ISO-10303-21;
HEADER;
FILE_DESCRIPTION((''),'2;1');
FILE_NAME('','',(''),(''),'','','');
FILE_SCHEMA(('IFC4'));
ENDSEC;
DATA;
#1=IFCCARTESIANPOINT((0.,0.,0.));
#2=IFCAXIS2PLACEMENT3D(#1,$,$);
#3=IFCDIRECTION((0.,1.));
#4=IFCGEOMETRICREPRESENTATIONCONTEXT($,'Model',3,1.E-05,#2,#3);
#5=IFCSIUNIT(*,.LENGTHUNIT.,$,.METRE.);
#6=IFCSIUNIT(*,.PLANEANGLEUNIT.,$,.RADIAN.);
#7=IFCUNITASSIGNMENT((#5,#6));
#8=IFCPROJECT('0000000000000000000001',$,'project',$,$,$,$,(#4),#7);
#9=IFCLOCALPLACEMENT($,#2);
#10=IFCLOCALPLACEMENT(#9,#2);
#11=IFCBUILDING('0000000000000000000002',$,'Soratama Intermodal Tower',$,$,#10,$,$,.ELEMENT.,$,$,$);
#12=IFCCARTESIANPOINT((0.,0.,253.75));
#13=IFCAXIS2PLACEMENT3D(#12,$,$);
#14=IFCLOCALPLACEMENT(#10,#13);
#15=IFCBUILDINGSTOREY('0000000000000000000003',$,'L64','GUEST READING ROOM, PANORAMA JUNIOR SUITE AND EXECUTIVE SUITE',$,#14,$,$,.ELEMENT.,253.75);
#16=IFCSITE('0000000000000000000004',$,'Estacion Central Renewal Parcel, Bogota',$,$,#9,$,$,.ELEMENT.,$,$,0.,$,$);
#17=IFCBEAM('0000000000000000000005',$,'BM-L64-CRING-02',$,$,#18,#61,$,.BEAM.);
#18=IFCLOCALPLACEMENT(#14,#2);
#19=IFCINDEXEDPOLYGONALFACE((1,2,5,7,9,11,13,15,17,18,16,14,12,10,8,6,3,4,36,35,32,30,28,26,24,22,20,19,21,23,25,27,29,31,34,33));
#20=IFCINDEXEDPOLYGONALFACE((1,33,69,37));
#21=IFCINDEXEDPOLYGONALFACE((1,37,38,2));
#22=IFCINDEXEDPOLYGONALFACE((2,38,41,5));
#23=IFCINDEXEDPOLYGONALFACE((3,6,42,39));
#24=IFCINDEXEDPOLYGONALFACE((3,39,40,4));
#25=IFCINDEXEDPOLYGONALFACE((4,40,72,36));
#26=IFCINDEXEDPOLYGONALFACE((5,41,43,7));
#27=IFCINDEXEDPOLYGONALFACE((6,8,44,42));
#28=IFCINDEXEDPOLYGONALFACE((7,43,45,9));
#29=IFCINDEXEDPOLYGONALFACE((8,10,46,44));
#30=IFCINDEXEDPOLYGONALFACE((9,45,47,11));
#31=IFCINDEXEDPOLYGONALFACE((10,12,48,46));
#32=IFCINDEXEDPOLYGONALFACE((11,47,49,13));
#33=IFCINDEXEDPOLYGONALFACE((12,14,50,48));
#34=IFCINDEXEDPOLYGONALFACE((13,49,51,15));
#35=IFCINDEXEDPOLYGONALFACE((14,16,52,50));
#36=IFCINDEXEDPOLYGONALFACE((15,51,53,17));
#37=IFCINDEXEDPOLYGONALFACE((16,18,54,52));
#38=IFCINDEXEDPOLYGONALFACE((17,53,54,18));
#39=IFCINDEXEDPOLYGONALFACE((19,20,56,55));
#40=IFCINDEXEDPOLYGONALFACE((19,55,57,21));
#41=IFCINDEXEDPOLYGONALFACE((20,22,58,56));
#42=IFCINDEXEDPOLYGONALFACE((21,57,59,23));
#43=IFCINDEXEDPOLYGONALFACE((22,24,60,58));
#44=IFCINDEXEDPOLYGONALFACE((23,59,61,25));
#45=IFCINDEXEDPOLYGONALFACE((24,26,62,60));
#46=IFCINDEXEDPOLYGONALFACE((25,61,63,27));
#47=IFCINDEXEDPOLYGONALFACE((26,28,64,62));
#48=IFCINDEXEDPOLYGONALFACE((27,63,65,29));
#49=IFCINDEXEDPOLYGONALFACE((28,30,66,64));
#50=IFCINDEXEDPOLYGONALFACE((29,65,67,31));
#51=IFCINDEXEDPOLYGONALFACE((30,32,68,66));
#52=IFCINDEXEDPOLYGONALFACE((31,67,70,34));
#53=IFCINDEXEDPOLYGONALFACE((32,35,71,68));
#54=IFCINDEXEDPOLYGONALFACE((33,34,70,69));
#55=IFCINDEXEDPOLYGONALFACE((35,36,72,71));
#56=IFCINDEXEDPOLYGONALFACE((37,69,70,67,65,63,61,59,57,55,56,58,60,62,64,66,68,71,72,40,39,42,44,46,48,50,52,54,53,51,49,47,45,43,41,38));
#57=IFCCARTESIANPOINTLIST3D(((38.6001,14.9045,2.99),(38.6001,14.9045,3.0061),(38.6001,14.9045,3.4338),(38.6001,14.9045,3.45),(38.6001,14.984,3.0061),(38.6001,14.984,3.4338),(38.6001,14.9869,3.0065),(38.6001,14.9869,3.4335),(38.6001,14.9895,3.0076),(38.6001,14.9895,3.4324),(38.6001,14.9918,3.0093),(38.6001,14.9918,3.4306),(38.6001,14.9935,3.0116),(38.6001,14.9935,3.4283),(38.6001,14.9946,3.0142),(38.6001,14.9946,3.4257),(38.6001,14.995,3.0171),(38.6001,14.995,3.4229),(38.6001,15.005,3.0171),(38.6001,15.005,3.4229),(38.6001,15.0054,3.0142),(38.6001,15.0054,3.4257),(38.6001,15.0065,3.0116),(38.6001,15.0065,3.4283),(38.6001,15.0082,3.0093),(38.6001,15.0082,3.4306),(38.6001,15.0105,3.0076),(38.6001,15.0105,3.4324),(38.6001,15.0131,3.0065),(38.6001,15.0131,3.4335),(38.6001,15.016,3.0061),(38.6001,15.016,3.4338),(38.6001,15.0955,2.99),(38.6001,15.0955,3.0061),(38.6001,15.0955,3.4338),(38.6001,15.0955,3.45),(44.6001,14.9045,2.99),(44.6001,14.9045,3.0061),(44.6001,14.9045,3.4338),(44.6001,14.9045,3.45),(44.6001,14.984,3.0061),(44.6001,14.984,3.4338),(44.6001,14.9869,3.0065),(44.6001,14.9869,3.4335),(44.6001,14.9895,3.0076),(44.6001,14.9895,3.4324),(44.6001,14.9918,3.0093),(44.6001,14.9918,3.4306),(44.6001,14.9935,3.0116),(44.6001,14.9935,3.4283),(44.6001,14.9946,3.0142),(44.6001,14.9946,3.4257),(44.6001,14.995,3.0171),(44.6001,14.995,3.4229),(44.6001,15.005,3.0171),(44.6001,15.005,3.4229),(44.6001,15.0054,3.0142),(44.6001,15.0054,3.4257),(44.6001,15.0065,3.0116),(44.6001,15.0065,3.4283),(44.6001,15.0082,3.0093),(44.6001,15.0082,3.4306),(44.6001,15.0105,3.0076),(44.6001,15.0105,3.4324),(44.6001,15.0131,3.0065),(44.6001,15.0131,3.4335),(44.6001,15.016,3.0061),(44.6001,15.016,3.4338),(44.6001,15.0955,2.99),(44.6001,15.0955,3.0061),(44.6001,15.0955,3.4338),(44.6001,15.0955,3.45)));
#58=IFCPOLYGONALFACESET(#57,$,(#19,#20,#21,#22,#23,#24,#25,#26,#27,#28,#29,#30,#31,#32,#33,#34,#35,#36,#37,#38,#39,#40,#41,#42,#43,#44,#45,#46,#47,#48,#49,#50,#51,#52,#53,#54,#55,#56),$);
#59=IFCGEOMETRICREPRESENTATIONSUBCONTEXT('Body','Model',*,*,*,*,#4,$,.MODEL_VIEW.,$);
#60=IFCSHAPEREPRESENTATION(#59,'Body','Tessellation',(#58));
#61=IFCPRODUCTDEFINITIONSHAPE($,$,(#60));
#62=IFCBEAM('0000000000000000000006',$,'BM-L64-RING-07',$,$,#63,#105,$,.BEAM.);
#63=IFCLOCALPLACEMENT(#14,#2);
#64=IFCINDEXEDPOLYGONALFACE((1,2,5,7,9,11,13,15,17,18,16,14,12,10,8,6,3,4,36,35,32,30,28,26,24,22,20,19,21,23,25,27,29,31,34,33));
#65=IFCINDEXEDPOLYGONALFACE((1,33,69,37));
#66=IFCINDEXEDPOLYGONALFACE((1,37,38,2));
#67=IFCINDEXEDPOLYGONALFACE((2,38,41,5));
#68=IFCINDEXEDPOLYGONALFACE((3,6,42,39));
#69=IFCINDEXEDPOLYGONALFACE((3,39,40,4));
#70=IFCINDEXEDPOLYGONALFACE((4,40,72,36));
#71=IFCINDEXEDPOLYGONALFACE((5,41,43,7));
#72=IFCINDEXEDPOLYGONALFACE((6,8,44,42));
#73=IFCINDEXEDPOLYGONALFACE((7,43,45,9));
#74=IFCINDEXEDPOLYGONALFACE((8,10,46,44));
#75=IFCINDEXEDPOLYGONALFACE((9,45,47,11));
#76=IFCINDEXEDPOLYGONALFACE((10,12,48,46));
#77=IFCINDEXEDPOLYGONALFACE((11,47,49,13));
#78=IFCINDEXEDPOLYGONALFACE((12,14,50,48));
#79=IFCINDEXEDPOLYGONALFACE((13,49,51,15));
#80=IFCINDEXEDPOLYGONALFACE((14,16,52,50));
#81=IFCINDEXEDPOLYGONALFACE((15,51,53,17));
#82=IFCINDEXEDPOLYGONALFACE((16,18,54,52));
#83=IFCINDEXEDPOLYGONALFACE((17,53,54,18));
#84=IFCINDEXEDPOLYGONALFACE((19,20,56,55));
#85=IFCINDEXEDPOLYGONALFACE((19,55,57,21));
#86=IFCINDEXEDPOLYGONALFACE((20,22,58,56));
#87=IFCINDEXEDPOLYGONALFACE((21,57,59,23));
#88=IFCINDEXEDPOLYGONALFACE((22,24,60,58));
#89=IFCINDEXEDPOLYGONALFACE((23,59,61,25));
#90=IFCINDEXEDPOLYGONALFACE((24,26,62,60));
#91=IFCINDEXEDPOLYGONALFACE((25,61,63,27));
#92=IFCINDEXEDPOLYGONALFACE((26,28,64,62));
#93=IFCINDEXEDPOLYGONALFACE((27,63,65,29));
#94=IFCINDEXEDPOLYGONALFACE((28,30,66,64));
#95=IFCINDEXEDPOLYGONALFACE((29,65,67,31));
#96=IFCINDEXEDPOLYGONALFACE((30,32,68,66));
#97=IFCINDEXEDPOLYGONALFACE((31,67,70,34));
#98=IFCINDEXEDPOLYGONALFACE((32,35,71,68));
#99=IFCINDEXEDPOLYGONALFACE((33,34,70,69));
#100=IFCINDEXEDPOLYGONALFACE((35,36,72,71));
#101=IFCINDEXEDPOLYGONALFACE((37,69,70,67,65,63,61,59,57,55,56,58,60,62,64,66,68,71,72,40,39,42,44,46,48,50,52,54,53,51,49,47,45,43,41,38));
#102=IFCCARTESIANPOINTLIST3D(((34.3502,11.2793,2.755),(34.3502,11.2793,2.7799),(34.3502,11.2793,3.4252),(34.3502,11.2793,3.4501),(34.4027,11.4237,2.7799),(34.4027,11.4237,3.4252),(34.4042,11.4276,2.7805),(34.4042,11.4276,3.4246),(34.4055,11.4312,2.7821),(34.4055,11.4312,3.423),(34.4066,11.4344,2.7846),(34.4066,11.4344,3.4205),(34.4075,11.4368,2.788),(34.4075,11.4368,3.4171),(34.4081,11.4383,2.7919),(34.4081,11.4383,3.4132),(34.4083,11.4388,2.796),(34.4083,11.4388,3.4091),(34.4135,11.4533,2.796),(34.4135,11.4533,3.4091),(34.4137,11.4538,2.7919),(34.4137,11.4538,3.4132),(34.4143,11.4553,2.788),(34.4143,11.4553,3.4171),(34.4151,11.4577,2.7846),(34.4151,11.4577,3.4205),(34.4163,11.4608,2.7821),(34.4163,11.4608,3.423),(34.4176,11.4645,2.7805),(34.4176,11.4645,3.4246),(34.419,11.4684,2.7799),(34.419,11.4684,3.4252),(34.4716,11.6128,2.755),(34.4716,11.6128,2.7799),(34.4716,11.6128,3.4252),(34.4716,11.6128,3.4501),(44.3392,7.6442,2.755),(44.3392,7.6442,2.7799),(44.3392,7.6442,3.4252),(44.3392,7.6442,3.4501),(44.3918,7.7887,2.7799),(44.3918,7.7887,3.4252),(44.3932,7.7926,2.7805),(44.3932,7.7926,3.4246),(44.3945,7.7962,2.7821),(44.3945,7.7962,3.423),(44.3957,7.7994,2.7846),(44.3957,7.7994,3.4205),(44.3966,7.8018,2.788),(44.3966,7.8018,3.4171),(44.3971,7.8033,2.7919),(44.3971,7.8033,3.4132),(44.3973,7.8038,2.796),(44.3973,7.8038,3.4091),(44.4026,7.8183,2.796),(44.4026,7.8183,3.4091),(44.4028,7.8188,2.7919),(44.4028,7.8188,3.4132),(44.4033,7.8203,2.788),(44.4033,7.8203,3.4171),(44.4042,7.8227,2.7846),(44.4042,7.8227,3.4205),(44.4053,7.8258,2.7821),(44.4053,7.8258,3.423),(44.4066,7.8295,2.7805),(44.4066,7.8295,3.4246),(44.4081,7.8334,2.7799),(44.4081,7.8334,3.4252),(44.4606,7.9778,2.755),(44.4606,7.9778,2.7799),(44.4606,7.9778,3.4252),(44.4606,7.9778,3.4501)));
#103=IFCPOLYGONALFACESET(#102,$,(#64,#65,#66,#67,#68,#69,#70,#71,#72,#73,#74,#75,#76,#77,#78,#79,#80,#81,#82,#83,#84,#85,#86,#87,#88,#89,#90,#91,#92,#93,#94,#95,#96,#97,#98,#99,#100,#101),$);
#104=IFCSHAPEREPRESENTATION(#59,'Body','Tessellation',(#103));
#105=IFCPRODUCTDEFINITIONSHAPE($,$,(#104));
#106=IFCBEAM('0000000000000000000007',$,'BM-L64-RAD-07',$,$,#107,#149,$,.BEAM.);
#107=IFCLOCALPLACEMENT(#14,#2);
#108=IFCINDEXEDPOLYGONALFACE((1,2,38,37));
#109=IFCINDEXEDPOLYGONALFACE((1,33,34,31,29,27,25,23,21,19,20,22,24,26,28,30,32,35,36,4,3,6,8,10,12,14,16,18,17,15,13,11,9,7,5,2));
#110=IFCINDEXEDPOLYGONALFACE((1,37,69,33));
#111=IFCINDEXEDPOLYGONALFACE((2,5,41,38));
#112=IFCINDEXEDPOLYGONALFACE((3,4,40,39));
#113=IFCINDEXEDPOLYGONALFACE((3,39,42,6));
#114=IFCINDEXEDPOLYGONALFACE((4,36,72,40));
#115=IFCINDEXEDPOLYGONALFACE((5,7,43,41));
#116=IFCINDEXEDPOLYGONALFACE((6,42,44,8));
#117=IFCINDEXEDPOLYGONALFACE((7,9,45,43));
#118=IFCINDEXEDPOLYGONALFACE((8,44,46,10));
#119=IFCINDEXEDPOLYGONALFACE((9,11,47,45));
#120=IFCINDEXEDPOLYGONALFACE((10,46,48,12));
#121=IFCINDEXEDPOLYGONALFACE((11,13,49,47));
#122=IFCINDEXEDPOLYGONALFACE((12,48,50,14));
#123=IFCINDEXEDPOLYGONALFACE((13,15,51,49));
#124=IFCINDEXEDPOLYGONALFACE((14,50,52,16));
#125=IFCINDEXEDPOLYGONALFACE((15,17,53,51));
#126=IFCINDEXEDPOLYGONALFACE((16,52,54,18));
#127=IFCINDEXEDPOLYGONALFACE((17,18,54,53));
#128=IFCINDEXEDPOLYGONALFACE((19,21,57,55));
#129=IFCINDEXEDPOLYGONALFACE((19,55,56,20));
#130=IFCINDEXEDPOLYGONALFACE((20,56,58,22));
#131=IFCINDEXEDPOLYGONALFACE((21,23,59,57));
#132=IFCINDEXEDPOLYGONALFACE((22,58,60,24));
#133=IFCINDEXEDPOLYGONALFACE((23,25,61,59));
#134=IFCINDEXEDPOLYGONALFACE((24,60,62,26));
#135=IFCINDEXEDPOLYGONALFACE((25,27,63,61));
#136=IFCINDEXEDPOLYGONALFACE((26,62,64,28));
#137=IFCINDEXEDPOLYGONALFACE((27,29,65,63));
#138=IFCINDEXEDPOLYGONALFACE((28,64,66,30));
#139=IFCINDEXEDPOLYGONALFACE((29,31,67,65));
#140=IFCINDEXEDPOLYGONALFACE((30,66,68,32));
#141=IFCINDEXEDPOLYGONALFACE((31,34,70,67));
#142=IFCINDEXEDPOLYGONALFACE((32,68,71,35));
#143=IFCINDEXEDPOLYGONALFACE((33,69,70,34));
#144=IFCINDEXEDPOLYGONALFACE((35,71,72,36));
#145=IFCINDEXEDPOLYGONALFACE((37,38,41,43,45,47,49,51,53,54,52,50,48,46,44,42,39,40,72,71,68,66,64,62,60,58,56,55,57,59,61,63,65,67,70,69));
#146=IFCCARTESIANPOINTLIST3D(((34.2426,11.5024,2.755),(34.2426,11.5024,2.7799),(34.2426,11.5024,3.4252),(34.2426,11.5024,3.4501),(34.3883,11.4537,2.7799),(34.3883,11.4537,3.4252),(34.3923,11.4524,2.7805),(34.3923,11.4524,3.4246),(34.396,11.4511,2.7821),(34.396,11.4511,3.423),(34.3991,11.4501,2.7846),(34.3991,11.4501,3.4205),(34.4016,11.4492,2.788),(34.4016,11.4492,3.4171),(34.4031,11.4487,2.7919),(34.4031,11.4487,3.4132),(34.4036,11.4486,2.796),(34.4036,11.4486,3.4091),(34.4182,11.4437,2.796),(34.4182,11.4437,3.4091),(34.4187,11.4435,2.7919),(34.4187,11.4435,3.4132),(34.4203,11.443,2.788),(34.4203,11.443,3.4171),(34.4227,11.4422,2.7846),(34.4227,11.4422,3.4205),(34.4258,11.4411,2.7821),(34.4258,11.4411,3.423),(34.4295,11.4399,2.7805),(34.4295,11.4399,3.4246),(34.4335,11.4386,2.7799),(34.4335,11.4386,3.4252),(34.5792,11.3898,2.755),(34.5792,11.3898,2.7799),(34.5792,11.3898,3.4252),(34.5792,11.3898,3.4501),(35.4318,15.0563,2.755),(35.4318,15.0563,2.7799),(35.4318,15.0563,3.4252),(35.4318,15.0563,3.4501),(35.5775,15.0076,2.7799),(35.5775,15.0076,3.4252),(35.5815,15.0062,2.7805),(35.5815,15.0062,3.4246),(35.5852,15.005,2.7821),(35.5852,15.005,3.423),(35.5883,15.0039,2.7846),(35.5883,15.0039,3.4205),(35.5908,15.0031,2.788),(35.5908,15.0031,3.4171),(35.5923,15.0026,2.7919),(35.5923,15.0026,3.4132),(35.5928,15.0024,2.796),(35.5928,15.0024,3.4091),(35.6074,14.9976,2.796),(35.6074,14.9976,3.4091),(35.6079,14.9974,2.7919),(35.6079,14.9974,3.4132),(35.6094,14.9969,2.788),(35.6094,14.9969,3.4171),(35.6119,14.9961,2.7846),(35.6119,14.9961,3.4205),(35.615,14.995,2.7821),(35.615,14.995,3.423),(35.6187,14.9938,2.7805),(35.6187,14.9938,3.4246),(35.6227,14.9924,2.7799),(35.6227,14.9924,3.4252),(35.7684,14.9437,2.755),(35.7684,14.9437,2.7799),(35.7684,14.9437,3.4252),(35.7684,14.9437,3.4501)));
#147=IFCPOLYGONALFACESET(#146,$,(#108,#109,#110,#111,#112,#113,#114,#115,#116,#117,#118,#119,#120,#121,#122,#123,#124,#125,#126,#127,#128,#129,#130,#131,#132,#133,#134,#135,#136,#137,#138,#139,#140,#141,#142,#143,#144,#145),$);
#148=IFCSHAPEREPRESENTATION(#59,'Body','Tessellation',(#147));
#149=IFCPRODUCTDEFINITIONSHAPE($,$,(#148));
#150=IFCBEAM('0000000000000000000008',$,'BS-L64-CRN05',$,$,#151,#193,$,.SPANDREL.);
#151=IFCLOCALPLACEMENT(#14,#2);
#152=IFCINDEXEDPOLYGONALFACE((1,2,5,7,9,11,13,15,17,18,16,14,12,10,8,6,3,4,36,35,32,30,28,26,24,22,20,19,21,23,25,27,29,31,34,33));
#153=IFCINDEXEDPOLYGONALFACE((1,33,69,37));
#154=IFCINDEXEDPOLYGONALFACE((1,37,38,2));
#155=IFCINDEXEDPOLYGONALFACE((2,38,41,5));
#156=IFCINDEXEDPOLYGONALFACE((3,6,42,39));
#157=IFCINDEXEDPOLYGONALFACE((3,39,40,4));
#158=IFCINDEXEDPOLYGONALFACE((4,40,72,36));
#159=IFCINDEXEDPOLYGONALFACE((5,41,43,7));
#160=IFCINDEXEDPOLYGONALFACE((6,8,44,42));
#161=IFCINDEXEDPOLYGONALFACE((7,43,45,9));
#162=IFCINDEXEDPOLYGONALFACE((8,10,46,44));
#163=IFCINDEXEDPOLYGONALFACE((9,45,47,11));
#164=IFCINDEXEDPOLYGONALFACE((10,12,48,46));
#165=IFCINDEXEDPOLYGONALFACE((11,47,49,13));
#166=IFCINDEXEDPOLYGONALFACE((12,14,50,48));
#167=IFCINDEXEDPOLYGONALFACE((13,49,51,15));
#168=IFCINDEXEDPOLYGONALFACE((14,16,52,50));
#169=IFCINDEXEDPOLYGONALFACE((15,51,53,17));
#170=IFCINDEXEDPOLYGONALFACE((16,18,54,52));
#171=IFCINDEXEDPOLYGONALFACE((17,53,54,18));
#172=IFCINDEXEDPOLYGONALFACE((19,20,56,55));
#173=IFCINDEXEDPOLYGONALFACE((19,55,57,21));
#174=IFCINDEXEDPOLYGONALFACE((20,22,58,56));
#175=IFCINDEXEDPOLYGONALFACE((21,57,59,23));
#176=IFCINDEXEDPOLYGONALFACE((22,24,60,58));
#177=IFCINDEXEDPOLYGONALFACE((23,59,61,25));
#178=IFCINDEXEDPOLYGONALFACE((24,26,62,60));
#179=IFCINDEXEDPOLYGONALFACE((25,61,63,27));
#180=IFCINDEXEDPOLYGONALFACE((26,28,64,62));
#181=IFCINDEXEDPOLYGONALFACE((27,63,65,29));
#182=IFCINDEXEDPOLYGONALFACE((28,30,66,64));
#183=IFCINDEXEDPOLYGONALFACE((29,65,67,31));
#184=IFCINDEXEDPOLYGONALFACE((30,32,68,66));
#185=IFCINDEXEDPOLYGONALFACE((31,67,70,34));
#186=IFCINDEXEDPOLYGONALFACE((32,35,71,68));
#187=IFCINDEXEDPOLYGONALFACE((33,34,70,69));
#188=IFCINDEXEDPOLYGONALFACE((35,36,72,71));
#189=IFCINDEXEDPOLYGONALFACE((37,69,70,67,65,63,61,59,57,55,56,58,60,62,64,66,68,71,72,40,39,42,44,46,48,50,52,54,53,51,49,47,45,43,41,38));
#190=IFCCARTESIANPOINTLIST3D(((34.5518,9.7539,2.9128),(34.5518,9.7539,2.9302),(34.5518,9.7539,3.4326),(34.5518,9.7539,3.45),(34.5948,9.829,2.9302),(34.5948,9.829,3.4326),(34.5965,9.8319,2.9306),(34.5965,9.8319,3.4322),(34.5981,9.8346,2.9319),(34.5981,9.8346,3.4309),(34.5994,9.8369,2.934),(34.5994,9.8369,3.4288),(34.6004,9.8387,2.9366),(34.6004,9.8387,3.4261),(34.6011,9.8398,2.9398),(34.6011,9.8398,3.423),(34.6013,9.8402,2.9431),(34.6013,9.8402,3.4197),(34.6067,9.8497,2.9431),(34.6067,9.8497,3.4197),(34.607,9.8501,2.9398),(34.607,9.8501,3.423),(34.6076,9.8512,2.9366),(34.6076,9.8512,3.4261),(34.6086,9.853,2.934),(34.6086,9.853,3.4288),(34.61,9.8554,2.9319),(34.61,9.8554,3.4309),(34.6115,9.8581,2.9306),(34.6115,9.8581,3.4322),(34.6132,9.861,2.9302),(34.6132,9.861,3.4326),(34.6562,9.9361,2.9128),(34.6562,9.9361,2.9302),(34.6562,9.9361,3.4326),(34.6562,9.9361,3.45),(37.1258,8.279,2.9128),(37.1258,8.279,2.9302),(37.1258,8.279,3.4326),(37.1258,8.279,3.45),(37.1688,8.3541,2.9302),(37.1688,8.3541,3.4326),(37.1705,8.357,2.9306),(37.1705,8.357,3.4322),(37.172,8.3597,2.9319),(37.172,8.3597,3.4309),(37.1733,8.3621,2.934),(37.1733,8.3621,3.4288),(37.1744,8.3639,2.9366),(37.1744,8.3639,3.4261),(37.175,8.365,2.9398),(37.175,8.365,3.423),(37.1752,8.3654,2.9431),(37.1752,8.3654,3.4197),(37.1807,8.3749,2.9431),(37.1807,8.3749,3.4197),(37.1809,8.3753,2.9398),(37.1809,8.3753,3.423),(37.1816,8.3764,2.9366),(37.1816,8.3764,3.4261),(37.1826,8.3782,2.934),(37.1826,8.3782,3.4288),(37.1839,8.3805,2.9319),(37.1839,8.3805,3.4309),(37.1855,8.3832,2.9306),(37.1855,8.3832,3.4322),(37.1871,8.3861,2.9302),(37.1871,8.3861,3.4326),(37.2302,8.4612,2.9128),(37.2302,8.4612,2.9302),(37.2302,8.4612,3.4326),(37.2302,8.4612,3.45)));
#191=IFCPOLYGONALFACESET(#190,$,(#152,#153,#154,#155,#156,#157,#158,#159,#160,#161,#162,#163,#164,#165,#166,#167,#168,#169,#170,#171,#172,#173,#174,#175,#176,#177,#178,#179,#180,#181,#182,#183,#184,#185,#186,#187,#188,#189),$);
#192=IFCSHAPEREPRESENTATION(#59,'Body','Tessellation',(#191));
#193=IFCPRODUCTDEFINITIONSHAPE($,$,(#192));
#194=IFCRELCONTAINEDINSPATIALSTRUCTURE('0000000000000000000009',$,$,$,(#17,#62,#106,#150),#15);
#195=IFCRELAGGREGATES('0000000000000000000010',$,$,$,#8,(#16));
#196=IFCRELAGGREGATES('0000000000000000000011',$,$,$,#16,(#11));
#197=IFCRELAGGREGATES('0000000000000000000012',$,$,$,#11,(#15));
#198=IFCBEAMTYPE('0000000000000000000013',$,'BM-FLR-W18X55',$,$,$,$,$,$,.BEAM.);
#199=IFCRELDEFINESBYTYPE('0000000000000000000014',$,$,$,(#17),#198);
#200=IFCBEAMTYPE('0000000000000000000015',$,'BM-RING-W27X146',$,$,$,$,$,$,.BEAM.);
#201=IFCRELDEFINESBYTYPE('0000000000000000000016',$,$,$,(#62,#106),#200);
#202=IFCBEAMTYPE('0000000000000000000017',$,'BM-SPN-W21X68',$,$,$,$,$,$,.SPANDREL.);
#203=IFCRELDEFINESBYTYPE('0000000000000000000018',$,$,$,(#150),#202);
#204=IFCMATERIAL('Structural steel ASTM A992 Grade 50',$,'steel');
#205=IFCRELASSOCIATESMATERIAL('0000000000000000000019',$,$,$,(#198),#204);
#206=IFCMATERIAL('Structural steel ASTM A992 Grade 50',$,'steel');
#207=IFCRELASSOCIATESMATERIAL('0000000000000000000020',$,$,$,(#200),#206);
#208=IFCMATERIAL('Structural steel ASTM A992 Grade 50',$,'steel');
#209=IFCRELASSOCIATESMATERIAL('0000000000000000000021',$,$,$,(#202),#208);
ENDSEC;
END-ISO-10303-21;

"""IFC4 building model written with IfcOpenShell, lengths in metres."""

from ifc_helpers import new_model, si_unit, direction, frame, origin, origin_2d, place, context, subcontext, project, spatial, i_section, extrude, material, material_profile, profile_set, type_object, element, save


model = new_model("IFC4")

# Units and contexts
model_context = context("Model", 3, precision=1e-05, world=origin(), true_north=direction((0.0, 1.0)))
body_context = subcontext(model_context, "Body", "Model", "MODEL_VIEW")
ifc_project = project(units=[si_unit("LENGTHUNIT", "METRE"), si_unit("PLANEANGLEUNIT", "RADIAN")], contexts=[model_context])

# Site, building, storey
site_placement = place(None, origin())
site = spatial("IfcSite", under=ifc_project, at=site_placement, Name="Estacion Central Renewal Parcel, Bogota", CompositionType="ELEMENT", RefElevation=0.0)
building_placement = place(site_placement, origin())
building = spatial("IfcBuilding", under=site, at=building_placement, Name="Soratama Intermodal Tower", CompositionType="ELEMENT")
storey_placement = place(building_placement, frame((0.0, 0.0, 253.75)))
storey = spatial("IfcBuildingStorey", under=building, at=storey_placement, Name="L64", Description="GUEST READING ROOM, PANORAMA JUNIOR SUITE AND EXECUTIVE SUITE", CompositionType="ELEMENT", Elevation=253.75)

# Beams
ifc_material_1 = material(Name="Structural steel ASTM A992 Grade 50", Category="steel")
ifc_material_profile_1 = material_profile(ifc_material_1, i_section(OverallWidth=0.1909, OverallDepth=0.46, WebThickness=0.01, FlangeThickness=0.0161, FilletRadius=0.011, at=origin_2d()), Name="W18X55")
ifc_profile_set_1 = profile_set([ifc_material_profile_1], Name="Structural steel ASTM A992 Grade 50")
beam_type_1 = type_object("IfcBeamType", Name="BM-FLR-W18X55", PredefinedType="BEAM", material=ifc_profile_set_1)
beam_1_placement = place(storey_placement, frame((38.6001, 15.0, 3.22), z_axis=(1.0, 0.0, 0.0), x_axis=(0.0, 1.0, 0.0)))
element("IfcBeam", 1, at=beam_1_placement, inside=storey, type_object=beam_type_1, Name="BM-L64-CRING-02", PredefinedType="BEAM", context=body_context, shape_type="SweptSolid", body=[
    extrude(i_section(OverallWidth=0.1909, OverallDepth=0.46, WebThickness=0.01, FlangeThickness=0.0161, FilletRadius=0.011, at=origin_2d()), origin(), (0.0, 0.0, 1.0), 6.0),
])
ifc_material_2 = material(Name="Structural steel ASTM A992 Grade 50", Category="steel")
ifc_material_profile_2 = material_profile(ifc_material_2, i_section(OverallWidth=0.355, OverallDepth=0.6951, WebThickness=0.0154, FlangeThickness=0.0249, FilletRadius=0.0161, at=origin_2d()), Name="W27X146")
ifc_profile_set_2 = profile_set([ifc_material_profile_2], Name="Structural steel ASTM A992 Grade 50")
beam_type_2 = type_object("IfcBeamType", Name="BM-RING-W27X146", PredefinedType="BEAM", material=ifc_profile_set_2)
beam_2_placement = place(storey_placement, frame((34.4109, 11.446, 3.1025), z_axis=(0.939714, -0.341963, 0.0), x_axis=(0.341963, 0.939714, 0.0)))
element("IfcBeam", 2, at=beam_2_placement, inside=storey, type_object=beam_type_2, Name="BM-L64-RING-07", PredefinedType="BEAM", context=body_context, shape_type="SweptSolid", body=[
    extrude(i_section(OverallWidth=0.355, OverallDepth=0.6951, WebThickness=0.0154, FlangeThickness=0.0249, FilletRadius=0.0161, at=origin_2d()), origin(), (0.0, 0.0, 1.0), 10.6299),
])
beam_3_placement = place(storey_placement, frame((35.6001, 15.0, 3.1025), z_axis=(-0.317322, -0.948318, 0.0), x_axis=(0.948318, -0.317322, 0.0)))
element("IfcBeam", 3, at=beam_3_placement, inside=storey, type_object=beam_type_2, Name="BM-L64-RAD-07", PredefinedType="BEAM", context=body_context, shape_type="SweptSolid", body=[
    extrude(i_section(OverallWidth=0.355, OverallDepth=0.6951, WebThickness=0.0154, FlangeThickness=0.0249, FilletRadius=0.0161, at=origin_2d()), origin(), (0.0, 0.0, 1.0), 3.7476),
])
ifc_material_3 = material(Name="Structural steel ASTM A992 Grade 50", Category="steel")
ifc_material_profile_3 = material_profile(ifc_material_3, i_section(OverallWidth=0.21, OverallDepth=0.5371, WebThickness=0.011, FlangeThickness=0.0173, FilletRadius=0.0129, at=origin_2d()), Name="W21X68")
ifc_profile_set_3 = profile_set([ifc_material_profile_3], Name="Structural steel ASTM A992 Grade 50")
beam_type_3 = type_object("IfcBeamType", Name="BM-SPN-W21X68", PredefinedType="SPANDREL", material=ifc_profile_set_3)
beam_4_placement = place(storey_placement, frame((34.604, 9.845, 3.1814), z_axis=(0.86766, -0.497158, 0.0), x_axis=(0.497158, 0.86766, 0.0)))
element("IfcBeam", 4, at=beam_4_placement, inside=storey, type_object=beam_type_3, Name="BS-L64-CRN05", PredefinedType="SPANDREL", context=body_context, shape_type="SweptSolid", body=[
    extrude(i_section(OverallWidth=0.21, OverallDepth=0.5371, WebThickness=0.011, FlangeThickness=0.0173, FilletRadius=0.0129, at=origin_2d()), origin(), (0.0, 0.0, 1.0), 2.9666),
])

save(model, "model.ifc")
